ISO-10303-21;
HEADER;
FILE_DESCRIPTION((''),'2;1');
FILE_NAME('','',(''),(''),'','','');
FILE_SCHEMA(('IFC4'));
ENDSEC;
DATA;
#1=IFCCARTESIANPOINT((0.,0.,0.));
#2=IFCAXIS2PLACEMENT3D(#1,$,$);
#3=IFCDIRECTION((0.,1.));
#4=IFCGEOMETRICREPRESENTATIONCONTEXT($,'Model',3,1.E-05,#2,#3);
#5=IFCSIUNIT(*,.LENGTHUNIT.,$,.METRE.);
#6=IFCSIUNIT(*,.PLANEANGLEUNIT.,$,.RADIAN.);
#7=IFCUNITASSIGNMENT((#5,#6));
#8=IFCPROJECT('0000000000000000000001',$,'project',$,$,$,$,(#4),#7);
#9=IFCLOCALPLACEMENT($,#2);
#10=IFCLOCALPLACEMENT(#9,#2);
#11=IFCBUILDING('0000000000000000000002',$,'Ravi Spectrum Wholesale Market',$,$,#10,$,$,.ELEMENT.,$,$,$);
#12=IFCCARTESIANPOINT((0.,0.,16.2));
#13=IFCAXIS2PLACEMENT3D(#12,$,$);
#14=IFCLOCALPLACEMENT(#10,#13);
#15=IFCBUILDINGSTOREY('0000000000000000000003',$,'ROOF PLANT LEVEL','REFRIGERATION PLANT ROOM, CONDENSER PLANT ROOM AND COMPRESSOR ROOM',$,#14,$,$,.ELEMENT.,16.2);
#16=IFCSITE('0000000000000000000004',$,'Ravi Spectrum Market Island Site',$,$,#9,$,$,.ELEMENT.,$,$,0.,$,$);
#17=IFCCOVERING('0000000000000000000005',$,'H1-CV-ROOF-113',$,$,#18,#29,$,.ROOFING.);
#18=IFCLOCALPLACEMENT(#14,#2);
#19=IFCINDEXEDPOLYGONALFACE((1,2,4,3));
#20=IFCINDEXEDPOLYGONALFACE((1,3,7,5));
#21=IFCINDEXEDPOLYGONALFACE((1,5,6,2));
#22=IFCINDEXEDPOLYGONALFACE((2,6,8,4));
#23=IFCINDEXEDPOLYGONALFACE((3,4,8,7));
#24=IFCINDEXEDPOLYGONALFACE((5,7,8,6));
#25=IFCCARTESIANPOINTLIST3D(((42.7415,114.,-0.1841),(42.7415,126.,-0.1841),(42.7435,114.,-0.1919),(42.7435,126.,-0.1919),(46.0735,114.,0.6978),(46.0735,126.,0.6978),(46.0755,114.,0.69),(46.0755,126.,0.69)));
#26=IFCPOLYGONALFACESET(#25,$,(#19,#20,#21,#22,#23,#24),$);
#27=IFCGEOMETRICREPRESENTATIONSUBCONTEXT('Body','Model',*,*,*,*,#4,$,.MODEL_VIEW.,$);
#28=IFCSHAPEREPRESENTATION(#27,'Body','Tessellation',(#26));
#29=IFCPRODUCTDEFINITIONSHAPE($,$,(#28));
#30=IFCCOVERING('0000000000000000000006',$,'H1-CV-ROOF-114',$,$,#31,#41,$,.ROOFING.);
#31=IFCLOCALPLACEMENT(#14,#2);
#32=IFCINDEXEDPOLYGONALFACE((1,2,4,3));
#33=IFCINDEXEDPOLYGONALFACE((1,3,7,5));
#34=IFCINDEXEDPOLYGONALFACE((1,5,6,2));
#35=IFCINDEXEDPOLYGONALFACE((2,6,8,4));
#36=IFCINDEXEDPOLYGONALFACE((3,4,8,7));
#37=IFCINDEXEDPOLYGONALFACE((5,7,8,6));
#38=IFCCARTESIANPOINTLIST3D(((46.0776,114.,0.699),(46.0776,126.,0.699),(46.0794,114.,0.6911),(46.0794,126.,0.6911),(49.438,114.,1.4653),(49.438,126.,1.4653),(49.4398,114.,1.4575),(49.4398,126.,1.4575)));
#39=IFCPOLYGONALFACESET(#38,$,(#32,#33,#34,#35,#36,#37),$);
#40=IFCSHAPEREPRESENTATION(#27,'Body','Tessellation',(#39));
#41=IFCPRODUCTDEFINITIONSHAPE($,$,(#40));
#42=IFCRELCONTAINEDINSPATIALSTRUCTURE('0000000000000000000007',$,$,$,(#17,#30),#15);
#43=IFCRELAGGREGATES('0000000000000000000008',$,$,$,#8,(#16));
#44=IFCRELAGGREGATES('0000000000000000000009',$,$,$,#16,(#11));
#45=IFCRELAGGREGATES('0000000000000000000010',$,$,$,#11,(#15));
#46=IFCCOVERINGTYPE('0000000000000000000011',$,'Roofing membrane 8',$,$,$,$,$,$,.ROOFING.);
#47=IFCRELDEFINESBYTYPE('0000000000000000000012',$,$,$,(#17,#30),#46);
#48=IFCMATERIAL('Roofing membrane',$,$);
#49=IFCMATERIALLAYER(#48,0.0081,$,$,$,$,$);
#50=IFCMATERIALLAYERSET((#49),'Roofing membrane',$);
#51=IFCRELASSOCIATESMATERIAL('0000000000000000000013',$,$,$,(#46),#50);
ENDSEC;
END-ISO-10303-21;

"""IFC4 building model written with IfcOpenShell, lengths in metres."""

from ifc_helpers import new_model, si_unit, direction, frame, origin, place, context, subcontext, project, spatial, polyline, outline, extrude, material, layer, layer_set, type_object, element, save


model = new_model("IFC4")

# Units and contexts
model_context = context("Model", 3, precision=1e-05, world=origin(), true_north=direction((0.0, 1.0)))
body_context = subcontext(model_context, "Body", "Model", "MODEL_VIEW")
ifc_project = project(units=[si_unit("LENGTHUNIT", "METRE"), si_unit("PLANEANGLEUNIT", "RADIAN")], contexts=[model_context])

# Site, building, storey
site_placement = place(None, origin())
site = spatial("IfcSite", under=ifc_project, at=site_placement, Name="Ravi Spectrum Market Island Site", CompositionType="ELEMENT", RefElevation=0.0)
building_placement = place(site_placement, origin())
building = spatial("IfcBuilding", under=site, at=building_placement, Name="Ravi Spectrum Wholesale Market", CompositionType="ELEMENT")
storey_placement = place(building_placement, frame((0.0, 0.0, 16.2)))
storey = spatial("IfcBuildingStorey", under=building, at=storey_placement, Name="ROOF PLANT LEVEL", Description="REFRIGERATION PLANT ROOM, CONDENSER PLANT ROOM AND COMPRESSOR ROOM", CompositionType="ELEMENT", Elevation=16.2)

# Coverings
ifc_material_1 = material(Name="Roofing membrane")
ifc_layer_1 = layer(ifc_material_1, 0.0081)
ifc_layer_set_1 = layer_set([ifc_layer_1], Name="Roofing membrane")
covering_type = type_object("IfcCoveringType", Name="Roofing membrane 8", PredefinedType="ROOFING", material=ifc_layer_set_1)
covering_1_placement = place(storey_placement, frame((42.7415, 114.0, -0.1841), z_axis=(-0.255846, 0.0, 0.966718), x_axis=(0.966718, 0.0, 0.255846)))
element("IfcCovering", 1, at=covering_1_placement, inside=storey, type_object=covering_type, Name="H1-CV-ROOF-113", PredefinedType="ROOFING", context=body_context, shape_type="SweptSolid", body=[
    extrude(outline(polyline([(0.0, 0.0), (3.4467, 0.0), (3.4467, 12.0), (0.0, 12.0), (0.0, 0.0)])), origin(), (0.0, 0.0, -1.0), 0.0081),
])
covering_2_placement = place(storey_placement, frame((46.0776, 114.0, 0.699), z_axis=(-0.22235, 0.0, 0.974967), x_axis=(0.974967, 0.0, 0.22235)))
element("IfcCovering", 2, at=covering_2_placement, inside=storey, type_object=covering_type, Name="H1-CV-ROOF-114", PredefinedType="ROOFING", context=body_context, shape_type="SweptSolid", body=[
    extrude(outline(polyline([(0.0, 0.0), (3.4466, 0.0), (3.4466, 12.0), (0.0, 12.0), (0.0, 0.0)])), origin(), (0.0, 0.0, -1.0), 0.0081),
])

save(model, "model.ifc")
